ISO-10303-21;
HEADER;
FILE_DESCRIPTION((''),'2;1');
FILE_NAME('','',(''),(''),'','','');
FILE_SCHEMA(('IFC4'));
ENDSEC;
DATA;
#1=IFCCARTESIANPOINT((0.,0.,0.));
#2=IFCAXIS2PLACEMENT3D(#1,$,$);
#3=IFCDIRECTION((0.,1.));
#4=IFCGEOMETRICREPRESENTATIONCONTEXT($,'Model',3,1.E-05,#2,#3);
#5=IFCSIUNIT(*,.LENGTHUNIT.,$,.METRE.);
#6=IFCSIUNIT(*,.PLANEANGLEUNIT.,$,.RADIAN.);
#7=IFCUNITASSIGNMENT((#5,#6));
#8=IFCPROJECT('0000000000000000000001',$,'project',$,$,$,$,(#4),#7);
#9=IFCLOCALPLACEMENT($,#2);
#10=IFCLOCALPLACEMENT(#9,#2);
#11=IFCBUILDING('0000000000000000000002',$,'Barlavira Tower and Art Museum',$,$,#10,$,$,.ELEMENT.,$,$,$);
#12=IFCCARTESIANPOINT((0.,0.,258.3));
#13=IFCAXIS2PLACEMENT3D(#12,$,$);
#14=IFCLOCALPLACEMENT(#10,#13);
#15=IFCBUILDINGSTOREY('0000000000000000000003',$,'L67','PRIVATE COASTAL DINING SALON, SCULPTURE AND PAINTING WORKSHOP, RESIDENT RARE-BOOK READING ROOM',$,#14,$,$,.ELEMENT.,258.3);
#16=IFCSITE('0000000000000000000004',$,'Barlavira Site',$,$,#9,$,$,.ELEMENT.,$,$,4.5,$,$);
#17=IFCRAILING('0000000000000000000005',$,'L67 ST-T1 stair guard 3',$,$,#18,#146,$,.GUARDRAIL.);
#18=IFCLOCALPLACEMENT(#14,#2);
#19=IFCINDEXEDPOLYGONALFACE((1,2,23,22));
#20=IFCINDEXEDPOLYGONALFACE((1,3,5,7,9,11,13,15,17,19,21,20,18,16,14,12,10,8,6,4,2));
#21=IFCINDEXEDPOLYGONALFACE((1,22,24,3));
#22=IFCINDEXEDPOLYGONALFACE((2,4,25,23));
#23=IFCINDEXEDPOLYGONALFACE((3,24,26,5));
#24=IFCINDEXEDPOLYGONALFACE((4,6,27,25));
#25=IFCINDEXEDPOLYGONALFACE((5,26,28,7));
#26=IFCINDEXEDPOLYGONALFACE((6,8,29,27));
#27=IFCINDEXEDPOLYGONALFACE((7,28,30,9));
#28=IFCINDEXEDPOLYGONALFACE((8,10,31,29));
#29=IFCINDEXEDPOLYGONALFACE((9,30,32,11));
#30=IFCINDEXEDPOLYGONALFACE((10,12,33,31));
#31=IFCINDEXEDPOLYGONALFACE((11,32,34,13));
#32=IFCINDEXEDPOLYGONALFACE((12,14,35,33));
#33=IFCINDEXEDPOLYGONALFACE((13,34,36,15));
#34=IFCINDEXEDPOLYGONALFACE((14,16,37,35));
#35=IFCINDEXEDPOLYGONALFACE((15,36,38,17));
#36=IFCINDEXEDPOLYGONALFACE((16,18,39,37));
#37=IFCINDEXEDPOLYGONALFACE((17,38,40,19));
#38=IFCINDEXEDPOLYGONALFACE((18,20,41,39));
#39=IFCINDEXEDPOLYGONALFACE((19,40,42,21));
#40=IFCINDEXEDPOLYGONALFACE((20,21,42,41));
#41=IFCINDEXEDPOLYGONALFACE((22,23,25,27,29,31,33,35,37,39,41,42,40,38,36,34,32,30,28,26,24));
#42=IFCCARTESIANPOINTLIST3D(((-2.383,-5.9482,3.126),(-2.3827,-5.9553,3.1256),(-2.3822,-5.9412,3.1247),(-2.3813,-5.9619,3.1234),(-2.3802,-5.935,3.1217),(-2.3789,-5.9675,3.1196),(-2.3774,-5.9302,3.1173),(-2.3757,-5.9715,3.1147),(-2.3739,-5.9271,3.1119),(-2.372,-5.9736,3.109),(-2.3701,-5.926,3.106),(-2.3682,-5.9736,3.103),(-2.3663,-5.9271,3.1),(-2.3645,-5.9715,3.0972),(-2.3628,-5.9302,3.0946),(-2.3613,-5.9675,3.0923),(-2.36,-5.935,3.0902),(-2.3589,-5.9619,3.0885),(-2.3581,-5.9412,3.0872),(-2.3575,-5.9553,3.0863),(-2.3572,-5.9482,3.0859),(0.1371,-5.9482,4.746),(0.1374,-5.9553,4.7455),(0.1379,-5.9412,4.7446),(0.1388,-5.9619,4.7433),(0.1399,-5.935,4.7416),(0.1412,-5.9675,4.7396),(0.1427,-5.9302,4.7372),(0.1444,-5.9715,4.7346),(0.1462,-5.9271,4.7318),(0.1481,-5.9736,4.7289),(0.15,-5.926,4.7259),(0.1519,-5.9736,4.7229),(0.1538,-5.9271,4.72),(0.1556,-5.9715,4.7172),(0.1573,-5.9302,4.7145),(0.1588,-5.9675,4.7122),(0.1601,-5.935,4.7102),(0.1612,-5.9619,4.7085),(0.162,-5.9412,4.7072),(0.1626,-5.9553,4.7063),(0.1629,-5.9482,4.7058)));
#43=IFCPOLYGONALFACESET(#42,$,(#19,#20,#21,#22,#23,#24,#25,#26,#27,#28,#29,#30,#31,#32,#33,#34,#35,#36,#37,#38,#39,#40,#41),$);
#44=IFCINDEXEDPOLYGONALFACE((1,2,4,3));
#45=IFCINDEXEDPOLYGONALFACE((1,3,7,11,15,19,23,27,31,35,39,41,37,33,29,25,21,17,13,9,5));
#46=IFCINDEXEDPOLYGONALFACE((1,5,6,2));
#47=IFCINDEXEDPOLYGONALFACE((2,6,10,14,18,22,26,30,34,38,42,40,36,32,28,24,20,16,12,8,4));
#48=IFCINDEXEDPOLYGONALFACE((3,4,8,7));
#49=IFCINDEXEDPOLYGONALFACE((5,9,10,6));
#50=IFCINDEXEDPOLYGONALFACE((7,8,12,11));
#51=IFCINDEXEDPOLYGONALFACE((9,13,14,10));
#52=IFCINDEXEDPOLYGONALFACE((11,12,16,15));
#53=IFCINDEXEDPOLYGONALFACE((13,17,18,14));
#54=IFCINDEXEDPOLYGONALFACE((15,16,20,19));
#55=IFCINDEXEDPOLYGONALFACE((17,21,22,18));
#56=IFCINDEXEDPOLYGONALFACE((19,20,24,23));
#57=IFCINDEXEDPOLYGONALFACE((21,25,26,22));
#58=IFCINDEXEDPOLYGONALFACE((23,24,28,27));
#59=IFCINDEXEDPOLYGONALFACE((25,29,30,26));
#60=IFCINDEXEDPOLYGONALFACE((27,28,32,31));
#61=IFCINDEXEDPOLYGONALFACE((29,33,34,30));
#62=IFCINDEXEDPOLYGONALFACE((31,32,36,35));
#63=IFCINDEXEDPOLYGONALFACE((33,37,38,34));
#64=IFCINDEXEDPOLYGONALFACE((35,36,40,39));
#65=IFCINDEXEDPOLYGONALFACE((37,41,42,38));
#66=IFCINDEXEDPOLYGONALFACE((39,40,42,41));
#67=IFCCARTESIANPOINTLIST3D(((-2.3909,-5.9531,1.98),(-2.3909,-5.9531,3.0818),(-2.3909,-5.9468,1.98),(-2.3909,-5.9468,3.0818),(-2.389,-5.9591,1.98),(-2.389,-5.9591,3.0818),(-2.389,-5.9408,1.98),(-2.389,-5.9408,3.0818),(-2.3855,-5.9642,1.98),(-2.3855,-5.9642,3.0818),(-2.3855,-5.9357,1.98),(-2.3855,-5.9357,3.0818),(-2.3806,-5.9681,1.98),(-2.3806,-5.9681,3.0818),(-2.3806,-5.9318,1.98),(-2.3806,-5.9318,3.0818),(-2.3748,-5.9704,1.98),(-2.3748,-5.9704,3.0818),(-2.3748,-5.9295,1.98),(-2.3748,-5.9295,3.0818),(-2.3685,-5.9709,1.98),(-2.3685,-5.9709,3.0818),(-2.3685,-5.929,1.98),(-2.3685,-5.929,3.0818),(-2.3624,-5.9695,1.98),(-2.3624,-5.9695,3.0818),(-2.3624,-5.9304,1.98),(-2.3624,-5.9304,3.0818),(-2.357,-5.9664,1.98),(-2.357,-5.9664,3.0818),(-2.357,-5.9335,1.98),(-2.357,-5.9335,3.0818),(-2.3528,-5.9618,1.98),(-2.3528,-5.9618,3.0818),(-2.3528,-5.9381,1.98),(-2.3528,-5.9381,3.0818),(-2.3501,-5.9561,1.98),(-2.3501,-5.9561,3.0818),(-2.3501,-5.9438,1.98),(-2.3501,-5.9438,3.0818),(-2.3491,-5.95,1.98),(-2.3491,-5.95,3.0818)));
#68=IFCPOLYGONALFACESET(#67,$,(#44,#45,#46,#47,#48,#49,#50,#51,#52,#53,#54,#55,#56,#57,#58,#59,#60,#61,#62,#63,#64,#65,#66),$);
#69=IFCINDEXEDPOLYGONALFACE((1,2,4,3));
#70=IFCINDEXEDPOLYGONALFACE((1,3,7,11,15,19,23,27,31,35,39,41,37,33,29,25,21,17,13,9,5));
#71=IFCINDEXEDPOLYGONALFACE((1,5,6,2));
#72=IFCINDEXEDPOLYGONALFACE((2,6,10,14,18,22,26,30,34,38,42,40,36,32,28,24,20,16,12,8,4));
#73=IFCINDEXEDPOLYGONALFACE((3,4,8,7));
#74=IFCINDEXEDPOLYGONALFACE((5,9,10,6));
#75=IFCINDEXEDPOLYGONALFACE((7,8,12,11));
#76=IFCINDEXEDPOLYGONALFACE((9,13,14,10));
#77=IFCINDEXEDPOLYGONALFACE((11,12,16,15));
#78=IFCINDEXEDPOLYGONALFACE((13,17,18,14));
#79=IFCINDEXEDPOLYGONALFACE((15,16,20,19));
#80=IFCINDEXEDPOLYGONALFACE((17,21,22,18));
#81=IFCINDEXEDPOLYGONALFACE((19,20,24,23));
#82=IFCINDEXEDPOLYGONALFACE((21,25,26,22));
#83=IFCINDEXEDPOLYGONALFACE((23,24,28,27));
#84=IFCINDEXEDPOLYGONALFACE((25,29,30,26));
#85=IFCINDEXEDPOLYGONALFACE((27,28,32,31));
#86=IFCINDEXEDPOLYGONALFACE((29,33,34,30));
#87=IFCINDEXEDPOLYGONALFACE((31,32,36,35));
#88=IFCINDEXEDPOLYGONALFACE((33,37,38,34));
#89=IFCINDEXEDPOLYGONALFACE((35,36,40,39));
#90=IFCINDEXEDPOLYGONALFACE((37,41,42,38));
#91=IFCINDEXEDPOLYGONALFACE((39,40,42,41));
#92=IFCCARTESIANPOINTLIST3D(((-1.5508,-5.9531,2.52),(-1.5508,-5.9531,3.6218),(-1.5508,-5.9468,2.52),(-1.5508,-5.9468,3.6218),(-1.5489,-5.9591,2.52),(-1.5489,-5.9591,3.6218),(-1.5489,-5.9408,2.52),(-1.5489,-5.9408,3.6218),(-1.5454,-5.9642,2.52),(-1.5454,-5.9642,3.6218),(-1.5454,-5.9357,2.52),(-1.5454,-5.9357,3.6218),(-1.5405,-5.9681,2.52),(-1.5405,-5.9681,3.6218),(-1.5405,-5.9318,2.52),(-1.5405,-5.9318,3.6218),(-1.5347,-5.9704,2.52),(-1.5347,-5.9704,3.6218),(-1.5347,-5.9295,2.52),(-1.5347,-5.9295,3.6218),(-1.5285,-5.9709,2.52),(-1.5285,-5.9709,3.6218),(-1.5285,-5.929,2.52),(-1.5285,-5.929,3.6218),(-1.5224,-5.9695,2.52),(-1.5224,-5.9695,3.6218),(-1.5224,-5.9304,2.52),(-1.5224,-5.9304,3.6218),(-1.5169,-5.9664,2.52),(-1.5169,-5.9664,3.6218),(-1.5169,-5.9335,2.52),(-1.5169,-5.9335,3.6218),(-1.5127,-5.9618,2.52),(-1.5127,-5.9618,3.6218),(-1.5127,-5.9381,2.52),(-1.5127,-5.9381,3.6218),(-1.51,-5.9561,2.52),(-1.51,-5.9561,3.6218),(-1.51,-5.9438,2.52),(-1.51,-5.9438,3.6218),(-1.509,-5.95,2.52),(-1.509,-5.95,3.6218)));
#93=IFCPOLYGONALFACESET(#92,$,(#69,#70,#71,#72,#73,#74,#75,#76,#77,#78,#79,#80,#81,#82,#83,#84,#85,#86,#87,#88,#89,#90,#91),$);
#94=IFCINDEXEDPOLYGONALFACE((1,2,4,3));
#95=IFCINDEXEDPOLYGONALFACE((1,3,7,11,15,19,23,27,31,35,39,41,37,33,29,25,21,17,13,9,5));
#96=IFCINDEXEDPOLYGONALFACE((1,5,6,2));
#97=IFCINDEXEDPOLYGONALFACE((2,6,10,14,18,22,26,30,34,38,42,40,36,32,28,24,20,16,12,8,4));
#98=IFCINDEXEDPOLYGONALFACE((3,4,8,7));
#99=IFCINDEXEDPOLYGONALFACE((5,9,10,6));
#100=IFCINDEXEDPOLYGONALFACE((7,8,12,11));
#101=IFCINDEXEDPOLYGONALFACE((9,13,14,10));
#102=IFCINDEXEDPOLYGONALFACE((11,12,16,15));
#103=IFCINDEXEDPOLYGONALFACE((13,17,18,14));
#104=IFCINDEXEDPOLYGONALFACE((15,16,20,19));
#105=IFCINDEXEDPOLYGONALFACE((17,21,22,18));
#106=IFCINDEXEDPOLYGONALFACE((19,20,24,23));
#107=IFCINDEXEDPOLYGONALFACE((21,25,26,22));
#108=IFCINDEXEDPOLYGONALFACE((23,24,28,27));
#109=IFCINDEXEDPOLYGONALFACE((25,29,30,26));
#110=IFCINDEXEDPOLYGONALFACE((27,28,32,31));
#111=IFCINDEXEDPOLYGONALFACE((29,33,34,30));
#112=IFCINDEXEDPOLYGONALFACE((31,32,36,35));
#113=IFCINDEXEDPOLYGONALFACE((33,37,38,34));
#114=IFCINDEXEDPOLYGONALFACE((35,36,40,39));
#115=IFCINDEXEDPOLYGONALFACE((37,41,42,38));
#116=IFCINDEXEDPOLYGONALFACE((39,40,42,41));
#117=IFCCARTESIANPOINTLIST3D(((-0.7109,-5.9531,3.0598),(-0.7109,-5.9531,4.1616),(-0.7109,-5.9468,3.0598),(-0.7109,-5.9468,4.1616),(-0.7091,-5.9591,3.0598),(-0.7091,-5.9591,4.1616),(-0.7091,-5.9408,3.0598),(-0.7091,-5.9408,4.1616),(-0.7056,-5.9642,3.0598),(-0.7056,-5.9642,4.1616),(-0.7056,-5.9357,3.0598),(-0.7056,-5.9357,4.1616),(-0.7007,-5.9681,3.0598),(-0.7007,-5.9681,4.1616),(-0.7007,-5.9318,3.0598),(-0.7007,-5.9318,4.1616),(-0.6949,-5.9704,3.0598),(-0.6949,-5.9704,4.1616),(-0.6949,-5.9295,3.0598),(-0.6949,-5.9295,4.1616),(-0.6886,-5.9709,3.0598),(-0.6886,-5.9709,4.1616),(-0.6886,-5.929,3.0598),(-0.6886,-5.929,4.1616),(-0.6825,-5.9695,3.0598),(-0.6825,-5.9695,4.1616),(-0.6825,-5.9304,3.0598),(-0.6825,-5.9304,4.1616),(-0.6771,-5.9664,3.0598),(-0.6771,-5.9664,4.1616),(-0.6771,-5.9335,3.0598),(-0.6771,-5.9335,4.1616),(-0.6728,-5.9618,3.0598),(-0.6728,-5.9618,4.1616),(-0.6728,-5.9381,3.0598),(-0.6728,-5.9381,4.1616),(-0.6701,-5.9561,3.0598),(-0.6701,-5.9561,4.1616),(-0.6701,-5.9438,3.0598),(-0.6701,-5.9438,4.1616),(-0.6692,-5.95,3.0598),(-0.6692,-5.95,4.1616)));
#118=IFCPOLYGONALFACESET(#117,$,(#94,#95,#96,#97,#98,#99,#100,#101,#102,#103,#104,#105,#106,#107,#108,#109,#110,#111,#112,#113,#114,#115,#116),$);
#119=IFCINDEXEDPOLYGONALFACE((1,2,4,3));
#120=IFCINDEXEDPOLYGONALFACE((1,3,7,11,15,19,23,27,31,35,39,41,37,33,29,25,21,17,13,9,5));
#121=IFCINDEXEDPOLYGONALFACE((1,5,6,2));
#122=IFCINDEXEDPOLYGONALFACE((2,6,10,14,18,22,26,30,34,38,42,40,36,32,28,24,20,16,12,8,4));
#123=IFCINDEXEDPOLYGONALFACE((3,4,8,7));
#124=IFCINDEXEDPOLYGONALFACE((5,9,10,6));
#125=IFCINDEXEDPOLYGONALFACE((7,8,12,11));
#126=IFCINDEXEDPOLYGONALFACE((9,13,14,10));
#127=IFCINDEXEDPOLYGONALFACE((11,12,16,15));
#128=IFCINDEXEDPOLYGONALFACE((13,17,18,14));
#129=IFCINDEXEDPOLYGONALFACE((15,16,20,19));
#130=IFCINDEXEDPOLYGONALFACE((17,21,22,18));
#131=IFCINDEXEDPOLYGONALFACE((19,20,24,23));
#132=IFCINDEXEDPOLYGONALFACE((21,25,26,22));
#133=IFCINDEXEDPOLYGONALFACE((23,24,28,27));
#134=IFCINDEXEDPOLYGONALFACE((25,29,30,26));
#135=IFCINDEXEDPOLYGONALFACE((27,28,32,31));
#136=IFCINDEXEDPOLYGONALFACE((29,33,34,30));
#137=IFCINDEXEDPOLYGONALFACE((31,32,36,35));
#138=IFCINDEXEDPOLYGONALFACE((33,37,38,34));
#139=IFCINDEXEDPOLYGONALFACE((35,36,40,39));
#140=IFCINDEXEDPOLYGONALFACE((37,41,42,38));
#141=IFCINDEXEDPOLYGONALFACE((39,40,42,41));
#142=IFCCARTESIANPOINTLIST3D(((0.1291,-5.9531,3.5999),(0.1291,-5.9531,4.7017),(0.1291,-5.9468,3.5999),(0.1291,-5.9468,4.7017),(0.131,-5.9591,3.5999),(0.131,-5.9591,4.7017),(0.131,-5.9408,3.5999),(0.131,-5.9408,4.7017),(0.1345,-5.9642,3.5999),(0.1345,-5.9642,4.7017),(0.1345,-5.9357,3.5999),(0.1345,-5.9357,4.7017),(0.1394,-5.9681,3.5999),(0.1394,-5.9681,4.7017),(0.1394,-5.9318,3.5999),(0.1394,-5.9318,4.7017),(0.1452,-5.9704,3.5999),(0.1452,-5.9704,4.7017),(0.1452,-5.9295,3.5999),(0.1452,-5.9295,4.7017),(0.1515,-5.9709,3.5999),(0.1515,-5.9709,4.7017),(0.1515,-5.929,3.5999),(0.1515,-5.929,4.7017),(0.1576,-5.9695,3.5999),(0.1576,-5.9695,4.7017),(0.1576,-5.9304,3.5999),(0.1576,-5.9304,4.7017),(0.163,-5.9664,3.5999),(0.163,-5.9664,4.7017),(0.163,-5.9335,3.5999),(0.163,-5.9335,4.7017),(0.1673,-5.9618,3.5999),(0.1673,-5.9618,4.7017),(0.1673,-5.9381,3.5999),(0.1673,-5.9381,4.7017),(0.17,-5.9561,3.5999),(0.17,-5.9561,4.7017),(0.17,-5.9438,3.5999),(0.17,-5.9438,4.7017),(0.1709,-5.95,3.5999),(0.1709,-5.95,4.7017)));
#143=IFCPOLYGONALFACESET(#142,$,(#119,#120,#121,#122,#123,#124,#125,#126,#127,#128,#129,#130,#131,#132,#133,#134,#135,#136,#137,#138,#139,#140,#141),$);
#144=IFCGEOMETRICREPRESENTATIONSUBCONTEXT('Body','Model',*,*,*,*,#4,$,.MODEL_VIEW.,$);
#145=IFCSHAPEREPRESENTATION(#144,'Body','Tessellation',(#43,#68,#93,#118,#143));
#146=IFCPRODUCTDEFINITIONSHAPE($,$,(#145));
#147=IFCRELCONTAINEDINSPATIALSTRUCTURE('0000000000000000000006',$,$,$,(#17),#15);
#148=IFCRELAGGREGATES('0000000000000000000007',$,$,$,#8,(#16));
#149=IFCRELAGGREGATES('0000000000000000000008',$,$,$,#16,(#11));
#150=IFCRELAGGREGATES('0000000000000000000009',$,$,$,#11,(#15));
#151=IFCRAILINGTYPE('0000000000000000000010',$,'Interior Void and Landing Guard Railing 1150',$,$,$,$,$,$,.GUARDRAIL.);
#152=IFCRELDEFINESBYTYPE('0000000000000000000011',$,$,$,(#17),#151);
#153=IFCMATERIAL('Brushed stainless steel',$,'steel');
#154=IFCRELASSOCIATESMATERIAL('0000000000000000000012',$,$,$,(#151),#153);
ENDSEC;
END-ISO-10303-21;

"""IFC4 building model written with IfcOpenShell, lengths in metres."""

from ifc_helpers import new_model, si_unit, direction, frame, origin, origin_2d, place, context, subcontext, project, spatial, circle, extrude, material, type_object, element, save


model = new_model("IFC4")

# Units and contexts
model_context = context("Model", 3, precision=1e-05, world=origin(), true_north=direction((0.0, 1.0)))
body_context = subcontext(model_context, "Body", "Model", "MODEL_VIEW")
ifc_project = project(units=[si_unit("LENGTHUNIT", "METRE"), si_unit("PLANEANGLEUNIT", "RADIAN")], contexts=[model_context])

# Site, building, storey
site_placement = place(None, origin())
site = spatial("IfcSite", under=ifc_project, at=site_placement, Name="Barlavira Site", CompositionType="ELEMENT", RefElevation=4.5)
building_placement = place(site_placement, origin())
building = spatial("IfcBuilding", under=site, at=building_placement, Name="Barlavira Tower and Art Museum", CompositionType="ELEMENT")
storey_placement = place(building_placement, frame((0.0, 0.0, 258.3)))
storey = spatial("IfcBuildingStorey", under=building, at=storey_placement, Name="L67", Description="PRIVATE COASTAL DINING SALON, SCULPTURE AND PAINTING WORKSHOP, RESIDENT RARE-BOOK READING ROOM", CompositionType="ELEMENT", Elevation=258.3)

# Shared definitions
ifc_material_1 = material(Name="Brushed stainless steel", Category="steel")

# Railing
railing_type_1 = type_object("IfcRailingType", Name="Interior Void and Landing Guard Railing 1150", PredefinedType="GUARDRAIL", material=ifc_material_1)
railing_1_placement = place(storey_placement, frame((-2.3701, -5.95, 1.98)))
element("IfcRailing", 1, at=railing_1_placement, inside=storey, type_object=railing_type_1, Name="L67 ST-T1 stair guard 3", PredefinedType="GUARDRAIL", context=body_context, shape_type="SweptSolid", body=[
    extrude(circle(Radius=0.0239, at=origin_2d()), frame((0.0, 0.0, 1.126), z_axis=(0.8412, 0.0, 0.540725), x_axis=(0.0, 1.0, 0.0)), (0.0, 0.0, 1.0), 2.9958),
    extrude(circle(Radius=0.021, at=origin_2d()), origin(), (0.0, 0.0, 1.0), 1.1018),
    extrude(circle(Radius=0.021, at=origin_2d()), frame((0.8401, 0.0, 0.54)), (0.0, 0.0, 1.0), 1.1018),
    extrude(circle(Radius=0.021, at=origin_2d()), frame((1.6799, 0.0, 1.0798)), (0.0, 0.0, 1.0), 1.1018),
    extrude(circle(Radius=0.021, at=origin_2d()), frame((2.52, 0.0, 1.6199)), (0.0, 0.0, 1.0), 1.1018),
])

save(model, "model.ifc")
